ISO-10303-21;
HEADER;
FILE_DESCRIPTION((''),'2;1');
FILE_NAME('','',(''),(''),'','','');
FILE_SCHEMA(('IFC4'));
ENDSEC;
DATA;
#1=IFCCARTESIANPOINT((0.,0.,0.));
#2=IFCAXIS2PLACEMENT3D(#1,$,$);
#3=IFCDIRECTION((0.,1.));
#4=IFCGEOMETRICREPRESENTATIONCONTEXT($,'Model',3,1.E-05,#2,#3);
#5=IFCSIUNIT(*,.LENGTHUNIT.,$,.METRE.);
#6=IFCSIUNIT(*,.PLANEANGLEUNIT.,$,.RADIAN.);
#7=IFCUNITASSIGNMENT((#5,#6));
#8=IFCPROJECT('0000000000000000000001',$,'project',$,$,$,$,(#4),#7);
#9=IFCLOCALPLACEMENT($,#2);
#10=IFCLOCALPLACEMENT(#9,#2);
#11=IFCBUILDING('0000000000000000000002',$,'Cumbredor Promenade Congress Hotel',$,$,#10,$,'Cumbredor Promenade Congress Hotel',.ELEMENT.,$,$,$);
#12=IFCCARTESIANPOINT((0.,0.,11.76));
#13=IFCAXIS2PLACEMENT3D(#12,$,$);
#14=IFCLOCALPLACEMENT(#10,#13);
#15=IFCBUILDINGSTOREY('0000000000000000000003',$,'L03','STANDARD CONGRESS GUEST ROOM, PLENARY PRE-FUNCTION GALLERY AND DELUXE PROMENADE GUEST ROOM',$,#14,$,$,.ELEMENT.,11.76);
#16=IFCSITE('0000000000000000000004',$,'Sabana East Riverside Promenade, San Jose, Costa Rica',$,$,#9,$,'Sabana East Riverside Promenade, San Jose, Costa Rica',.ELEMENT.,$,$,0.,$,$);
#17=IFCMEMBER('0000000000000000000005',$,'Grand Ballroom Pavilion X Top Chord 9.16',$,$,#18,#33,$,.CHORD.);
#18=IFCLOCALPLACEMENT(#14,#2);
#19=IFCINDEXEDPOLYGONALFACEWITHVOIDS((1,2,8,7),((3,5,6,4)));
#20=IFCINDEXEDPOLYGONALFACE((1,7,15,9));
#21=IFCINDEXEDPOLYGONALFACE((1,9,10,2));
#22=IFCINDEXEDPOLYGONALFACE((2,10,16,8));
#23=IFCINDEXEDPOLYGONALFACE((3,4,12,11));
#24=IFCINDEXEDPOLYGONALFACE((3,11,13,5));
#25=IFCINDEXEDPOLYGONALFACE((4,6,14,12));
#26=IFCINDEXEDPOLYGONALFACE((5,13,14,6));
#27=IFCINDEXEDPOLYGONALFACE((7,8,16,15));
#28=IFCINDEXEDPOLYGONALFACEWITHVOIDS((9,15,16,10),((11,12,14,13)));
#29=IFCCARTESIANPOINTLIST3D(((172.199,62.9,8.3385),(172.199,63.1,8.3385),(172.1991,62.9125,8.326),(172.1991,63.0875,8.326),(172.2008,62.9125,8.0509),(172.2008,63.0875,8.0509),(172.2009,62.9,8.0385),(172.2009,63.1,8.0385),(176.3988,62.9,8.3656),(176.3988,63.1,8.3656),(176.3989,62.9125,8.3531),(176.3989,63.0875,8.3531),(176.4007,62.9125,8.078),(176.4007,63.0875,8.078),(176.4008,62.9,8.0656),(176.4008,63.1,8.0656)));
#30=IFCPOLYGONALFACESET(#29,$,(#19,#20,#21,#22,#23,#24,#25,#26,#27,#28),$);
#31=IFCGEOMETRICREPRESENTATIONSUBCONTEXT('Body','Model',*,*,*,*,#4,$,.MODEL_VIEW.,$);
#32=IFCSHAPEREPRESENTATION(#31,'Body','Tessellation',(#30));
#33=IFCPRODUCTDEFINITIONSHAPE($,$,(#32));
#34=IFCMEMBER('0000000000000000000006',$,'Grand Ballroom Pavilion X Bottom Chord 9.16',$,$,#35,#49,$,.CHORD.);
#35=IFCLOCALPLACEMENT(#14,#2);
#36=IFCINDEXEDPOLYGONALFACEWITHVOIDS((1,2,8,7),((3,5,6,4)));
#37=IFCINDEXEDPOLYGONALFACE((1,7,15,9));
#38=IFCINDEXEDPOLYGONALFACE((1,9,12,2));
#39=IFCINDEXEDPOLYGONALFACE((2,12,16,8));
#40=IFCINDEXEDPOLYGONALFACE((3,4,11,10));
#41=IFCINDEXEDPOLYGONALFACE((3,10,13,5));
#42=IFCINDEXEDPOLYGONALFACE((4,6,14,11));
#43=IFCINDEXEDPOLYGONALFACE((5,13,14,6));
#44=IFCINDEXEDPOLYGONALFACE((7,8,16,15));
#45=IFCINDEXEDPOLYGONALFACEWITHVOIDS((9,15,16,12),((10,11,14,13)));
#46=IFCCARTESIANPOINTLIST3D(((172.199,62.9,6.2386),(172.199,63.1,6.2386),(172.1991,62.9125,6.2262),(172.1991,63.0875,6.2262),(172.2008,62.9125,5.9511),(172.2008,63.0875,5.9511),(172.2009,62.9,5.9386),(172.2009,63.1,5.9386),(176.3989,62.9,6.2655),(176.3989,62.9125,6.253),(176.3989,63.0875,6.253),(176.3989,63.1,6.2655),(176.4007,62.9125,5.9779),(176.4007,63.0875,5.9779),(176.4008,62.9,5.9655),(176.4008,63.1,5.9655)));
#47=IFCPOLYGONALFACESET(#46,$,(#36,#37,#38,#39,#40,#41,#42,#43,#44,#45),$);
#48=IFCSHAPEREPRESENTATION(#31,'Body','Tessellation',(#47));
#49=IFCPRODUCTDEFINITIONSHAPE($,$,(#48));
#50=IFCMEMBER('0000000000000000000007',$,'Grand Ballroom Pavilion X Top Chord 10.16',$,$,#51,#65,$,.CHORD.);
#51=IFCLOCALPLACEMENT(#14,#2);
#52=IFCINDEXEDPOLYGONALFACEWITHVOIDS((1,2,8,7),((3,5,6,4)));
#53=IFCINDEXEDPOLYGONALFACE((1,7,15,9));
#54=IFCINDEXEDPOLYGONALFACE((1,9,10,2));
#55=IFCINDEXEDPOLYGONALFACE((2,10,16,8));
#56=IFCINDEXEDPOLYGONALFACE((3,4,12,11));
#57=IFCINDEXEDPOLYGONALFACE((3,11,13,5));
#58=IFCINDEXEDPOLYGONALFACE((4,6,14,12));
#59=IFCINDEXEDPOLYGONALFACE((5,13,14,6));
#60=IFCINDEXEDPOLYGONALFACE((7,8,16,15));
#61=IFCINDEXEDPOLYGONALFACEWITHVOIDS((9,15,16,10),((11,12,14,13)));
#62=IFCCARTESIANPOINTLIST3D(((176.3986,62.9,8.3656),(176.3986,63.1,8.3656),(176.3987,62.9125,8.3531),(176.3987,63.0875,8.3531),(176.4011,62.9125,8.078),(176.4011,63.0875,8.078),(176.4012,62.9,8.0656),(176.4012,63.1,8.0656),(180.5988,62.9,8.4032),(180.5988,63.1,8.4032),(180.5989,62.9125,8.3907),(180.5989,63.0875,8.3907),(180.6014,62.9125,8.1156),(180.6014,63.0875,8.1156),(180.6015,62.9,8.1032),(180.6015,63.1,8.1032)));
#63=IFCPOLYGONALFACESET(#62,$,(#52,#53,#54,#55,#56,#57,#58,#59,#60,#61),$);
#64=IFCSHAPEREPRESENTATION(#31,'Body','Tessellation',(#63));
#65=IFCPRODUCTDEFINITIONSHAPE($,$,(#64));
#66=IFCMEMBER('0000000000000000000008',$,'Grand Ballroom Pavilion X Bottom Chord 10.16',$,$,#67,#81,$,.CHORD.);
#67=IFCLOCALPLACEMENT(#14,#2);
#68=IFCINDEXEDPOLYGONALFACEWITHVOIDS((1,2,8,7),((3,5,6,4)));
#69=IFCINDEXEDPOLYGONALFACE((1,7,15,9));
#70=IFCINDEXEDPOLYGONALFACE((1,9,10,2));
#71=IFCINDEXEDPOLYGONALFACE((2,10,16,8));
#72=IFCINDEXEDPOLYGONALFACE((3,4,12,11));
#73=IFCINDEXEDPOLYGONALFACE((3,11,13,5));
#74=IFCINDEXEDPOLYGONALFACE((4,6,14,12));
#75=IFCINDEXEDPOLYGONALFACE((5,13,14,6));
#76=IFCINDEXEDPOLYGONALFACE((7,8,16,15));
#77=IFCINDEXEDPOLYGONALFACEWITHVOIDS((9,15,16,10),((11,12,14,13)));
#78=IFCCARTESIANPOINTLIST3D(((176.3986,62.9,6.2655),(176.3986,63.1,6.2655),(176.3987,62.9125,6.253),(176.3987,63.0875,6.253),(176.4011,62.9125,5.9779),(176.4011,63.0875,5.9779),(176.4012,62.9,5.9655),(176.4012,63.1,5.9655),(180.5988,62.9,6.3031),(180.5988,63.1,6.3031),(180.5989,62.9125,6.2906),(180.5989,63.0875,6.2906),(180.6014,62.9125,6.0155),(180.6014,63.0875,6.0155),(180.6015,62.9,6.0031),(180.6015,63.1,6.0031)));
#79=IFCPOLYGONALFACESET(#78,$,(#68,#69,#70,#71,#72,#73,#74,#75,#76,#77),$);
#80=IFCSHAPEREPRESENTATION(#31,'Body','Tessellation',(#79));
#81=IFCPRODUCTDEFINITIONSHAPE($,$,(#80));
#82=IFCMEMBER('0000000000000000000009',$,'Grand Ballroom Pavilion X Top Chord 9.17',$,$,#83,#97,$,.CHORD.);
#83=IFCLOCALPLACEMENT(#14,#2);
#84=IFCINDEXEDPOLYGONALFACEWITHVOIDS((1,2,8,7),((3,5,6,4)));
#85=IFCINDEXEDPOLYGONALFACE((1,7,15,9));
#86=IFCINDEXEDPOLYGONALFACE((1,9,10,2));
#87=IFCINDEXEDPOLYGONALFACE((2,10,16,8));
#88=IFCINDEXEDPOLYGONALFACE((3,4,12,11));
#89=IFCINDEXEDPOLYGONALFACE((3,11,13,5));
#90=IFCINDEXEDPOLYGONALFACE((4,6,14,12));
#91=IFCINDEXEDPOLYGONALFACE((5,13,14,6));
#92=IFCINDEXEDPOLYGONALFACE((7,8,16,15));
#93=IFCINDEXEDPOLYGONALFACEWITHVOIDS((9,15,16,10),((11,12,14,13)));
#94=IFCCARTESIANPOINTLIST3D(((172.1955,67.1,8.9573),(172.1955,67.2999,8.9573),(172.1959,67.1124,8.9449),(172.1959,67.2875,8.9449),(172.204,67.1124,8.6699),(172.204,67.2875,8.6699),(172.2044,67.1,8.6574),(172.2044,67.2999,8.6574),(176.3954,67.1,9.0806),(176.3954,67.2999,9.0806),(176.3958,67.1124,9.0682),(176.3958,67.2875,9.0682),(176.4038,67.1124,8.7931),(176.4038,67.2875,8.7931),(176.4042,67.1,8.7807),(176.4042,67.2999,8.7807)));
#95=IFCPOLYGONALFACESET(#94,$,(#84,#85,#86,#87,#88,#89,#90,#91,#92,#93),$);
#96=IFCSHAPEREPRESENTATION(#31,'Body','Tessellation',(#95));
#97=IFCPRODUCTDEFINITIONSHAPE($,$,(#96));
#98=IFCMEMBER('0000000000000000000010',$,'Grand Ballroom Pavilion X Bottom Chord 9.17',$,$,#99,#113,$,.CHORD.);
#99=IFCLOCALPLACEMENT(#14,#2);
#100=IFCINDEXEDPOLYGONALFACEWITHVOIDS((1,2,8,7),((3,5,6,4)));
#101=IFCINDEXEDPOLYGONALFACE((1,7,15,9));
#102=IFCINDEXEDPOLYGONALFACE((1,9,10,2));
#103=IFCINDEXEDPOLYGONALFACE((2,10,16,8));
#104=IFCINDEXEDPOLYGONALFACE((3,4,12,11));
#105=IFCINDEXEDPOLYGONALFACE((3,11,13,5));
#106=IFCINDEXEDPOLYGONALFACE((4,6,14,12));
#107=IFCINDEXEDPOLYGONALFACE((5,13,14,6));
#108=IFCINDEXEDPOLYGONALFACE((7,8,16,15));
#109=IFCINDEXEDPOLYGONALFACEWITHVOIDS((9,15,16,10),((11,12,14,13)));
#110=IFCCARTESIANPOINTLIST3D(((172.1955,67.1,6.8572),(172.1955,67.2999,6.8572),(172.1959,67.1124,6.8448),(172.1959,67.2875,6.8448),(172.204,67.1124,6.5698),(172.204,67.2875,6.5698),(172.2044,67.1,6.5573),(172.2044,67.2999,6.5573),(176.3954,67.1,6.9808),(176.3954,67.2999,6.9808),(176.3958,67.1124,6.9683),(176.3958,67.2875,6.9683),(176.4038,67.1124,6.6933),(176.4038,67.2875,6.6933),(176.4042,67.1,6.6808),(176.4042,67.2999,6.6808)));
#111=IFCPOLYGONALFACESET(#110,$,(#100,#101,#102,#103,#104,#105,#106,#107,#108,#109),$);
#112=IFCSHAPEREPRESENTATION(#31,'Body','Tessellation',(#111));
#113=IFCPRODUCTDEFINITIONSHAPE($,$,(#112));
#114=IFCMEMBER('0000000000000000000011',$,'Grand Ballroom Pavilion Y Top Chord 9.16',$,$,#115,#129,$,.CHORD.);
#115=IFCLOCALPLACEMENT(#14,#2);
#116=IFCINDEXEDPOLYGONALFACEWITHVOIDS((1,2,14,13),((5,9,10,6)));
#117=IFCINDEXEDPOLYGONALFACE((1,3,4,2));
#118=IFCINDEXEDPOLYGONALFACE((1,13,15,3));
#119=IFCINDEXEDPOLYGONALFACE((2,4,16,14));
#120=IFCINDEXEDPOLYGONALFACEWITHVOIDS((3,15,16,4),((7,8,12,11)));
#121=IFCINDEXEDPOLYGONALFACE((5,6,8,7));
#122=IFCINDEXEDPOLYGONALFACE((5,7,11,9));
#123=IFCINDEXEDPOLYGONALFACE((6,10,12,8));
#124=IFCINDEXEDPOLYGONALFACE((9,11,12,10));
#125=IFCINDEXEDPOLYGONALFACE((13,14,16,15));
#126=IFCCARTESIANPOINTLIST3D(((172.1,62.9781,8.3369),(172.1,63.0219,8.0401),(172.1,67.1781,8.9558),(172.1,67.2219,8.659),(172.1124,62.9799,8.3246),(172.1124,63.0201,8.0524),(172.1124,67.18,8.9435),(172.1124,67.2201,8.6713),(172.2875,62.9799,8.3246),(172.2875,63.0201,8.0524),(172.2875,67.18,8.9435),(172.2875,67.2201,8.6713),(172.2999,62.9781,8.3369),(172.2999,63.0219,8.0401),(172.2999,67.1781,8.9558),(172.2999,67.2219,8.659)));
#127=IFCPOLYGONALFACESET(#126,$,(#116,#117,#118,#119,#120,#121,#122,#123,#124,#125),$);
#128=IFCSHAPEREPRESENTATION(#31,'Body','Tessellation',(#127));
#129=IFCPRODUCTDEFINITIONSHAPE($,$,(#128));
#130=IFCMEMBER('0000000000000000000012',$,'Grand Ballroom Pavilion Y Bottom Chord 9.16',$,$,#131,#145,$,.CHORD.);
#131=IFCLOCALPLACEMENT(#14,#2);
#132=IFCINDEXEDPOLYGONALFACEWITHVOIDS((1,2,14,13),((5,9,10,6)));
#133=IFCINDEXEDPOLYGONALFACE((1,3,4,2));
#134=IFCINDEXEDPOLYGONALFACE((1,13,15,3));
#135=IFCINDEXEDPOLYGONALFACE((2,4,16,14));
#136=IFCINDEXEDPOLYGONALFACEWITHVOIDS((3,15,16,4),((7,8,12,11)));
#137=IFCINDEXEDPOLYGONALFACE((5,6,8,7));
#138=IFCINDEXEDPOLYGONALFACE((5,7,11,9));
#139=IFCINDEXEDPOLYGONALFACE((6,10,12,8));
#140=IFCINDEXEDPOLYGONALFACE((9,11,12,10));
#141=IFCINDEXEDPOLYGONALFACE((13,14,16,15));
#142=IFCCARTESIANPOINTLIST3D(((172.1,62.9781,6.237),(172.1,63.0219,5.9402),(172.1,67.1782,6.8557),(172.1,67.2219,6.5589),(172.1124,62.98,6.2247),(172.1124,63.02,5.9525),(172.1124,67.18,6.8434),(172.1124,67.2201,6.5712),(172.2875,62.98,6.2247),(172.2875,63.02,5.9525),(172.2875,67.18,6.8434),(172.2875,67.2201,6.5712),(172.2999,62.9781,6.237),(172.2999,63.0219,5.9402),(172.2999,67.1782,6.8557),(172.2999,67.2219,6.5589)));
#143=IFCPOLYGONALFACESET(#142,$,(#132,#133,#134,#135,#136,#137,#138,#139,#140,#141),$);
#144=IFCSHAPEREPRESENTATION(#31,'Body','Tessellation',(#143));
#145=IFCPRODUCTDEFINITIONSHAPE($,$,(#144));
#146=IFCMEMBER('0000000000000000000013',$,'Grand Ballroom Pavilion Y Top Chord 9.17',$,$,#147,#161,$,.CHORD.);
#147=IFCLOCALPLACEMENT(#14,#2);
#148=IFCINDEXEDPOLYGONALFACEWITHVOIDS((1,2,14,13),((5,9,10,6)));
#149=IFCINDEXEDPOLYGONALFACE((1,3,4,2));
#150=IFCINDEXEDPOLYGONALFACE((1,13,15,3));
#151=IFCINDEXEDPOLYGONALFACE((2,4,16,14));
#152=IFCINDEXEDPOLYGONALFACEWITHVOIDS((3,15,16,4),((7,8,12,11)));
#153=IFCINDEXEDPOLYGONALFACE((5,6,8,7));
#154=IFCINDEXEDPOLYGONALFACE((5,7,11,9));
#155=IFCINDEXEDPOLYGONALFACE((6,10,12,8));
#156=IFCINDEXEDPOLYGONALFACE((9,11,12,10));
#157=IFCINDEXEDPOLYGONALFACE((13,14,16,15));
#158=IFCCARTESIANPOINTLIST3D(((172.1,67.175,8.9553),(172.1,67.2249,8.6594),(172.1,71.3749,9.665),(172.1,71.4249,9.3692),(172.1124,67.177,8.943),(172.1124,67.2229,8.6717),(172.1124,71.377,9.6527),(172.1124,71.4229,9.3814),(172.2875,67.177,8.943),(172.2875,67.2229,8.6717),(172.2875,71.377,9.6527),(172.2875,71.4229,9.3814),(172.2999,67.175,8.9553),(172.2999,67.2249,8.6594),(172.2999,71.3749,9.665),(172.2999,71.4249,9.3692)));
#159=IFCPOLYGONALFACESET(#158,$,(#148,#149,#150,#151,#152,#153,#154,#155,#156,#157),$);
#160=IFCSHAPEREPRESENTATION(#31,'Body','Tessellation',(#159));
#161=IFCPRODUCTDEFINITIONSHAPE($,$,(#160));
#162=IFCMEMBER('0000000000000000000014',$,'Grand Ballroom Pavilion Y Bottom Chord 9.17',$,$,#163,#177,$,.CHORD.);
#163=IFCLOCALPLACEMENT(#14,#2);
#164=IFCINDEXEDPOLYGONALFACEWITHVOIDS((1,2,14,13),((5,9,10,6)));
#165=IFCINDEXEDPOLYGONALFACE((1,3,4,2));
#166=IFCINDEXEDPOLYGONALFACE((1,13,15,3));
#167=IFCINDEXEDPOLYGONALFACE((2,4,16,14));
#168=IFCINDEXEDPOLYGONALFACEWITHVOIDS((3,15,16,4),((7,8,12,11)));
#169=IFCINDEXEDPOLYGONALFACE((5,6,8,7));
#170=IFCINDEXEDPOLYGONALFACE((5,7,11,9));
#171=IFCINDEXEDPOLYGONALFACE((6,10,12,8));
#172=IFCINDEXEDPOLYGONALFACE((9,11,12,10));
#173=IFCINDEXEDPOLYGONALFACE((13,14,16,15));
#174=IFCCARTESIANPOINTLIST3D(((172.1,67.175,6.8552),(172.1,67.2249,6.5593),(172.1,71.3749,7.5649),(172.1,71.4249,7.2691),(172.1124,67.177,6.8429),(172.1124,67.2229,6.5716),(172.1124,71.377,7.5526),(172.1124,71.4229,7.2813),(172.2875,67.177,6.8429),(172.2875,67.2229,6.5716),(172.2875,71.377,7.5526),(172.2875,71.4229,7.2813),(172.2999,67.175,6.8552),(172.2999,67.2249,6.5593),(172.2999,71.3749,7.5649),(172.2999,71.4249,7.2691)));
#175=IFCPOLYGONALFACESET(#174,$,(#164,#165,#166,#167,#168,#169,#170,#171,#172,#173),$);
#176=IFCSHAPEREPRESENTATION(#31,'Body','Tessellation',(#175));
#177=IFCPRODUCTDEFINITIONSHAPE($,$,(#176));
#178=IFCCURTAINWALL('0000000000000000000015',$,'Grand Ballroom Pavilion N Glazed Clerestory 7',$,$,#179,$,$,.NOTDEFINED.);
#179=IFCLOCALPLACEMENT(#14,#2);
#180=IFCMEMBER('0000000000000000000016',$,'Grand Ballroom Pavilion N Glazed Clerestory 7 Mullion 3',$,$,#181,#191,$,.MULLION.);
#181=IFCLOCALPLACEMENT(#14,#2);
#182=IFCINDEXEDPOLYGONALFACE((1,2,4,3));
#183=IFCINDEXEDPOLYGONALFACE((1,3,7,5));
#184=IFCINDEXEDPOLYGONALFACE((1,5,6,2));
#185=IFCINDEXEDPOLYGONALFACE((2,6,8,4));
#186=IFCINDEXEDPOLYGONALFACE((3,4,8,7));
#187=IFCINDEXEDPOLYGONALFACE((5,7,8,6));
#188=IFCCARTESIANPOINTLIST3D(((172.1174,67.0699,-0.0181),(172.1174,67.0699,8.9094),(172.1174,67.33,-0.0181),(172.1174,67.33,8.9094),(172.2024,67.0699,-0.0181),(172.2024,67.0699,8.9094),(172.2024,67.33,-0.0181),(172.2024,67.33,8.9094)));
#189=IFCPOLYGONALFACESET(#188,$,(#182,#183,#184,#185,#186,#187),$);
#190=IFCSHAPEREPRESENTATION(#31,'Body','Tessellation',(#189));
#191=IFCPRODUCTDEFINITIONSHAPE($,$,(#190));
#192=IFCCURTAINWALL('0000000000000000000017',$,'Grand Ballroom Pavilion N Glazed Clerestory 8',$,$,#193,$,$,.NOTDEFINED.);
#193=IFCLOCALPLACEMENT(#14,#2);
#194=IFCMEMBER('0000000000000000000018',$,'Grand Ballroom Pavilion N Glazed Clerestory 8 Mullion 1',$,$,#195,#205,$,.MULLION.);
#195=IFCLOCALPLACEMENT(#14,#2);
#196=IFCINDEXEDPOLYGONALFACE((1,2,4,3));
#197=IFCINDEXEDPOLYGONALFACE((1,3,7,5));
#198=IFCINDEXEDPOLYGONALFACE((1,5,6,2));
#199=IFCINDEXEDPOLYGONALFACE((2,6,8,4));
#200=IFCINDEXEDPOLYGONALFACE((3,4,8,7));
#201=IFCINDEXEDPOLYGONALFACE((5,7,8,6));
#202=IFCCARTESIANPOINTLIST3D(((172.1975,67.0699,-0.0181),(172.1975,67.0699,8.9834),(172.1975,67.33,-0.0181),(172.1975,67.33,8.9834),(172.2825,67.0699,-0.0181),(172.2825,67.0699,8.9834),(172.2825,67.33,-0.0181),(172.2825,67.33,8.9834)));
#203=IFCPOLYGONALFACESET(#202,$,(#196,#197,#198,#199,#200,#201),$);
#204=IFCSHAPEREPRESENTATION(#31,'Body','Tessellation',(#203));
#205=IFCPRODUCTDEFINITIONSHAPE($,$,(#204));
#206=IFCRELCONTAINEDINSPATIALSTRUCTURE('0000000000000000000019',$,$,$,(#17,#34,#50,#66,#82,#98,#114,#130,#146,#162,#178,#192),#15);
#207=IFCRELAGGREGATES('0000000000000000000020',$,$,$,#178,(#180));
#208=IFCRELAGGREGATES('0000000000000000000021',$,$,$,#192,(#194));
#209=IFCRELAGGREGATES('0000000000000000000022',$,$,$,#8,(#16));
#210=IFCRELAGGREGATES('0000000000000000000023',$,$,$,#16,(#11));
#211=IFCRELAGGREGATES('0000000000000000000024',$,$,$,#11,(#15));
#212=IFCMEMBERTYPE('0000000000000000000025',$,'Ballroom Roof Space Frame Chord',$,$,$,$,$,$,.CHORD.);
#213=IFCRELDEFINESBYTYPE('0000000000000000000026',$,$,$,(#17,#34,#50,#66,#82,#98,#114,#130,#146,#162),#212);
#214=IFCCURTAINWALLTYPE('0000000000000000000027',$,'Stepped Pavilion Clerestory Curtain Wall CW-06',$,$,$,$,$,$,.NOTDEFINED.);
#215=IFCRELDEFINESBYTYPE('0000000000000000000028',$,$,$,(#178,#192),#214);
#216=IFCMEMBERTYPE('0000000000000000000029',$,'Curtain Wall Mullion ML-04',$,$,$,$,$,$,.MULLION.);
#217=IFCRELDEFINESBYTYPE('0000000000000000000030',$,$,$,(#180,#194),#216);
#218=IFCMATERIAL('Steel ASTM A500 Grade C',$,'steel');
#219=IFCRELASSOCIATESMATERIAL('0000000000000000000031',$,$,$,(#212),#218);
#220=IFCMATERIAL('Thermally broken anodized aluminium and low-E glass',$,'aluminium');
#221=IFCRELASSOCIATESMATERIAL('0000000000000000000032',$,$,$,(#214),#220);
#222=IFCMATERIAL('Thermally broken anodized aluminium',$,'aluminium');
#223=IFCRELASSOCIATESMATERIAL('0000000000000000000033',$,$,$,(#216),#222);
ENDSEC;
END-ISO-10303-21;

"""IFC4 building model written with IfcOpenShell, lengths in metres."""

from ifc_helpers import new_model, si_unit, direction, frame, origin, origin_2d, place, context, subcontext, project, spatial, rectangle, hollow_rectangle, extrude, material, material_profile, profile_set, type_object, element, aggregate, save


model = new_model("IFC4")

# Units and contexts
model_context = context("Model", 3, precision=1e-05, world=origin(), true_north=direction((0.0, 1.0)))
body_context = subcontext(model_context, "Body", "Model", "MODEL_VIEW")
ifc_project = project(units=[si_unit("LENGTHUNIT", "METRE"), si_unit("PLANEANGLEUNIT", "RADIAN")], contexts=[model_context])

# Site, building, storey
site_placement = place(None, origin())
site = spatial("IfcSite", under=ifc_project, at=site_placement, Name="Sabana East Riverside Promenade, San Jose, Costa Rica", LongName="Sabana East Riverside Promenade, San Jose, Costa Rica", CompositionType="ELEMENT", RefElevation=0.0)
building_placement = place(site_placement, origin())
building = spatial("IfcBuilding", under=site, at=building_placement, Name="Cumbredor Promenade Congress Hotel", LongName="Cumbredor Promenade Congress Hotel", CompositionType="ELEMENT")
storey_placement = place(building_placement, frame((0.0, 0.0, 11.76)))
storey = spatial("IfcBuildingStorey", under=building, at=storey_placement, Name="L03", Description="STANDARD CONGRESS GUEST ROOM, PLENARY PRE-FUNCTION GALLERY AND DELUXE PROMENADE GUEST ROOM", CompositionType="ELEMENT", Elevation=11.76)

# Members
ifc_material_1 = material(Name="Steel ASTM A500 Grade C", Category="steel")
ifc_material_profile_1 = material_profile(ifc_material_1, hollow_rectangle(XDim=0.2, YDim=0.3, WallThickness=0.0125, at=origin_2d()), Name="HSS 300x200x12.5")
ifc_profile_set_1 = profile_set([ifc_material_profile_1], Name="Steel ASTM A500 Grade C")
member_type_1 = type_object("IfcMemberType", Name="Ballroom Roof Space Frame Chord", PredefinedType="CHORD", material=ifc_profile_set_1)
for number, where, z_axis, x_axis, name in (
    (1, (172.2, 63.0, 8.1885), (0.999979, 0.0, 0.006452), (0.0, 1.0, 0.0), "Grand Ballroom Pavilion X Top Chord 9.16"),
    (2, (172.2, 63.0, 6.0886), (0.99998, 0.0, 0.006394), (0.0, 1.0, 0.0), "Grand Ballroom Pavilion X Bottom Chord 9.16"),
):
    element("IfcMember", number, at=place(storey_placement, frame(where, z_axis=z_axis, x_axis=x_axis)), inside=storey, type_object=member_type_1, Name=name, PredefinedType="CHORD", context=body_context, shape_type="SweptSolid", body=[
        extrude(hollow_rectangle(XDim=0.2, YDim=0.3, WallThickness=0.0125, at=origin_2d()), origin(), (0.0, 0.0, 1.0), 4.2),
    ])
for number, where, z_axis, x_axis, name in (
    (3, (176.3999, 63.0, 8.2156), (0.99996, 0.0, 0.008951), (0.0, 1.0, 0.0), "Grand Ballroom Pavilion X Top Chord 10.16"),
    (4, (176.3999, 63.0, 6.1155), (0.99996, 0.0, 0.008951), (0.0, 1.0, 0.0), "Grand Ballroom Pavilion X Bottom Chord 10.16"),
):
    element("IfcMember", number, at=place(storey_placement, frame(where, z_axis=z_axis, x_axis=x_axis)), inside=storey, type_object=member_type_1, Name=name, PredefinedType="CHORD", context=body_context, shape_type="SweptSolid", body=[
        extrude(hollow_rectangle(XDim=0.2, YDim=0.3, WallThickness=0.0125, at=origin_2d()), origin(), (0.0, 0.0, 1.0), 4.2004),
    ])
for number, where, z_axis, x_axis, name in (
    (5, (172.2, 67.2, 8.8074), (0.999569, 0.0, 0.029343), (0.0, 1.0, 0.0), "Grand Ballroom Pavilion X Top Chord 9.17"),
    (6, (172.2, 67.2, 6.7073), (0.999568, 0.0, 0.029401), (0.0, 1.0, 0.0), "Grand Ballroom Pavilion X Bottom Chord 9.17"),
):
    element("IfcMember", number, at=place(storey_placement, frame(where, z_axis=z_axis, x_axis=x_axis)), inside=storey, type_object=member_type_1, Name=name, PredefinedType="CHORD", context=body_context, shape_type="SweptSolid", body=[
        extrude(hollow_rectangle(XDim=0.2, YDim=0.3, WallThickness=0.0125, at=origin_2d()), origin(), (0.0, 0.0, 1.0), 4.2017),
    ])
for number, where, z_axis, x_axis, name in (
    (7, (172.2, 63.0, 8.1885), (0.0, 0.989316, 0.145784), (-1.0, 0.0, 0.0), "Grand Ballroom Pavilion Y Top Chord 9.16"),
    (8, (172.2, 63.0, 6.0886), (0.0, 0.989325, 0.145727), (-1.0, 0.0, 0.0), "Grand Ballroom Pavilion Y Bottom Chord 9.16"),
):
    element("IfcMember", number, at=place(storey_placement, frame(where, z_axis=z_axis, x_axis=x_axis)), inside=storey, type_object=member_type_1, Name=name, PredefinedType="CHORD", context=body_context, shape_type="SweptSolid", body=[
        extrude(hollow_rectangle(XDim=0.2, YDim=0.3, WallThickness=0.0125, at=origin_2d()), origin(), (0.0, 0.0, 1.0), 4.2454),
    ])
for number, where, z_axis, x_axis, name in (
    (9, (172.2, 67.2, 8.8074), (0.0, 0.986021, 0.16662), (-1.0, 0.0, 0.0), "Grand Ballroom Pavilion Y Top Chord 9.17"),
    (10, (172.2, 67.2, 6.7073), (0.0, 0.986021, 0.16662), (-1.0, 0.0, 0.0), "Grand Ballroom Pavilion Y Bottom Chord 9.17"),
):
    element("IfcMember", number, at=place(storey_placement, frame(where, z_axis=z_axis, x_axis=x_axis)), inside=storey, type_object=member_type_1, Name=name, PredefinedType="CHORD", context=body_context, shape_type="SweptSolid", body=[
        extrude(hollow_rectangle(XDim=0.2, YDim=0.3, WallThickness=0.0125, at=origin_2d()), origin(), (0.0, 0.0, 1.0), 4.2595),
    ])

# Curtain wall, member
ifc_material_2 = material(Name="Thermally broken anodized aluminium and low-E glass", Category="aluminium")
curtain_wall_type = type_object("IfcCurtainWallType", Name="Stepped Pavilion Clerestory Curtain Wall CW-06", PredefinedType="NOTDEFINED", material=ifc_material_2)
curtain_wall_1_placement = place(storey_placement, origin())
curtain_wall_1 = element("IfcCurtainWall", 11, at=curtain_wall_1_placement, inside=storey, type_object=curtain_wall_type, Name="Grand Ballroom Pavilion N Glazed Clerestory 7", PredefinedType="NOTDEFINED")
ifc_material_3 = material(Name="Thermally broken anodized aluminium", Category="aluminium")
ifc_material_profile_2 = material_profile(ifc_material_3, rectangle(XDim=0.085, YDim=0.26, at=origin_2d()), Name="ALU MULLION CLERESTORY 85x260")
ifc_profile_set_2 = profile_set([ifc_material_profile_2], Name="Thermally broken anodized aluminium")
member_type_2 = type_object("IfcMemberType", Name="Curtain Wall Mullion ML-04", PredefinedType="MULLION", material=ifc_profile_set_2)
member_1_placement = place(storey_placement, frame((172.1599, 67.2, -0.0181), z_axis=(0.0, 0.0, 1.0), x_axis=(1.0, 0.0, 0.0)))
member_1 = element("IfcMember", 12, at=member_1_placement, type_object=member_type_2, Name="Grand Ballroom Pavilion N Glazed Clerestory 7 Mullion 3", PredefinedType="MULLION", context=body_context, shape_type="SweptSolid", body=[
    extrude(rectangle(XDim=0.085, YDim=0.26, at=origin_2d()), origin(), (0.0, 0.0, 1.0), 8.9275),
])

# Curtain wall, member
curtain_wall_2_placement = place(storey_placement, origin())
curtain_wall_2 = element("IfcCurtainWall", 13, at=curtain_wall_2_placement, inside=storey, type_object=curtain_wall_type, Name="Grand Ballroom Pavilion N Glazed Clerestory 8", PredefinedType="NOTDEFINED")
member_2_placement = place(storey_placement, frame((172.24, 67.2, -0.0181), z_axis=(0.0, 0.0, 1.0), x_axis=(1.0, 0.0, 0.0)))
member_2 = element("IfcMember", 14, at=member_2_placement, type_object=member_type_2, Name="Grand Ballroom Pavilion N Glazed Clerestory 8 Mullion 1", PredefinedType="MULLION", context=body_context, shape_type="SweptSolid", body=[
    extrude(rectangle(XDim=0.085, YDim=0.26, at=origin_2d()), origin(), (0.0, 0.0, 1.0), 9.0015),
])

aggregate(curtain_wall_1, [member_1])
aggregate(curtain_wall_2, [member_2])

save(model, "model.ifc")
